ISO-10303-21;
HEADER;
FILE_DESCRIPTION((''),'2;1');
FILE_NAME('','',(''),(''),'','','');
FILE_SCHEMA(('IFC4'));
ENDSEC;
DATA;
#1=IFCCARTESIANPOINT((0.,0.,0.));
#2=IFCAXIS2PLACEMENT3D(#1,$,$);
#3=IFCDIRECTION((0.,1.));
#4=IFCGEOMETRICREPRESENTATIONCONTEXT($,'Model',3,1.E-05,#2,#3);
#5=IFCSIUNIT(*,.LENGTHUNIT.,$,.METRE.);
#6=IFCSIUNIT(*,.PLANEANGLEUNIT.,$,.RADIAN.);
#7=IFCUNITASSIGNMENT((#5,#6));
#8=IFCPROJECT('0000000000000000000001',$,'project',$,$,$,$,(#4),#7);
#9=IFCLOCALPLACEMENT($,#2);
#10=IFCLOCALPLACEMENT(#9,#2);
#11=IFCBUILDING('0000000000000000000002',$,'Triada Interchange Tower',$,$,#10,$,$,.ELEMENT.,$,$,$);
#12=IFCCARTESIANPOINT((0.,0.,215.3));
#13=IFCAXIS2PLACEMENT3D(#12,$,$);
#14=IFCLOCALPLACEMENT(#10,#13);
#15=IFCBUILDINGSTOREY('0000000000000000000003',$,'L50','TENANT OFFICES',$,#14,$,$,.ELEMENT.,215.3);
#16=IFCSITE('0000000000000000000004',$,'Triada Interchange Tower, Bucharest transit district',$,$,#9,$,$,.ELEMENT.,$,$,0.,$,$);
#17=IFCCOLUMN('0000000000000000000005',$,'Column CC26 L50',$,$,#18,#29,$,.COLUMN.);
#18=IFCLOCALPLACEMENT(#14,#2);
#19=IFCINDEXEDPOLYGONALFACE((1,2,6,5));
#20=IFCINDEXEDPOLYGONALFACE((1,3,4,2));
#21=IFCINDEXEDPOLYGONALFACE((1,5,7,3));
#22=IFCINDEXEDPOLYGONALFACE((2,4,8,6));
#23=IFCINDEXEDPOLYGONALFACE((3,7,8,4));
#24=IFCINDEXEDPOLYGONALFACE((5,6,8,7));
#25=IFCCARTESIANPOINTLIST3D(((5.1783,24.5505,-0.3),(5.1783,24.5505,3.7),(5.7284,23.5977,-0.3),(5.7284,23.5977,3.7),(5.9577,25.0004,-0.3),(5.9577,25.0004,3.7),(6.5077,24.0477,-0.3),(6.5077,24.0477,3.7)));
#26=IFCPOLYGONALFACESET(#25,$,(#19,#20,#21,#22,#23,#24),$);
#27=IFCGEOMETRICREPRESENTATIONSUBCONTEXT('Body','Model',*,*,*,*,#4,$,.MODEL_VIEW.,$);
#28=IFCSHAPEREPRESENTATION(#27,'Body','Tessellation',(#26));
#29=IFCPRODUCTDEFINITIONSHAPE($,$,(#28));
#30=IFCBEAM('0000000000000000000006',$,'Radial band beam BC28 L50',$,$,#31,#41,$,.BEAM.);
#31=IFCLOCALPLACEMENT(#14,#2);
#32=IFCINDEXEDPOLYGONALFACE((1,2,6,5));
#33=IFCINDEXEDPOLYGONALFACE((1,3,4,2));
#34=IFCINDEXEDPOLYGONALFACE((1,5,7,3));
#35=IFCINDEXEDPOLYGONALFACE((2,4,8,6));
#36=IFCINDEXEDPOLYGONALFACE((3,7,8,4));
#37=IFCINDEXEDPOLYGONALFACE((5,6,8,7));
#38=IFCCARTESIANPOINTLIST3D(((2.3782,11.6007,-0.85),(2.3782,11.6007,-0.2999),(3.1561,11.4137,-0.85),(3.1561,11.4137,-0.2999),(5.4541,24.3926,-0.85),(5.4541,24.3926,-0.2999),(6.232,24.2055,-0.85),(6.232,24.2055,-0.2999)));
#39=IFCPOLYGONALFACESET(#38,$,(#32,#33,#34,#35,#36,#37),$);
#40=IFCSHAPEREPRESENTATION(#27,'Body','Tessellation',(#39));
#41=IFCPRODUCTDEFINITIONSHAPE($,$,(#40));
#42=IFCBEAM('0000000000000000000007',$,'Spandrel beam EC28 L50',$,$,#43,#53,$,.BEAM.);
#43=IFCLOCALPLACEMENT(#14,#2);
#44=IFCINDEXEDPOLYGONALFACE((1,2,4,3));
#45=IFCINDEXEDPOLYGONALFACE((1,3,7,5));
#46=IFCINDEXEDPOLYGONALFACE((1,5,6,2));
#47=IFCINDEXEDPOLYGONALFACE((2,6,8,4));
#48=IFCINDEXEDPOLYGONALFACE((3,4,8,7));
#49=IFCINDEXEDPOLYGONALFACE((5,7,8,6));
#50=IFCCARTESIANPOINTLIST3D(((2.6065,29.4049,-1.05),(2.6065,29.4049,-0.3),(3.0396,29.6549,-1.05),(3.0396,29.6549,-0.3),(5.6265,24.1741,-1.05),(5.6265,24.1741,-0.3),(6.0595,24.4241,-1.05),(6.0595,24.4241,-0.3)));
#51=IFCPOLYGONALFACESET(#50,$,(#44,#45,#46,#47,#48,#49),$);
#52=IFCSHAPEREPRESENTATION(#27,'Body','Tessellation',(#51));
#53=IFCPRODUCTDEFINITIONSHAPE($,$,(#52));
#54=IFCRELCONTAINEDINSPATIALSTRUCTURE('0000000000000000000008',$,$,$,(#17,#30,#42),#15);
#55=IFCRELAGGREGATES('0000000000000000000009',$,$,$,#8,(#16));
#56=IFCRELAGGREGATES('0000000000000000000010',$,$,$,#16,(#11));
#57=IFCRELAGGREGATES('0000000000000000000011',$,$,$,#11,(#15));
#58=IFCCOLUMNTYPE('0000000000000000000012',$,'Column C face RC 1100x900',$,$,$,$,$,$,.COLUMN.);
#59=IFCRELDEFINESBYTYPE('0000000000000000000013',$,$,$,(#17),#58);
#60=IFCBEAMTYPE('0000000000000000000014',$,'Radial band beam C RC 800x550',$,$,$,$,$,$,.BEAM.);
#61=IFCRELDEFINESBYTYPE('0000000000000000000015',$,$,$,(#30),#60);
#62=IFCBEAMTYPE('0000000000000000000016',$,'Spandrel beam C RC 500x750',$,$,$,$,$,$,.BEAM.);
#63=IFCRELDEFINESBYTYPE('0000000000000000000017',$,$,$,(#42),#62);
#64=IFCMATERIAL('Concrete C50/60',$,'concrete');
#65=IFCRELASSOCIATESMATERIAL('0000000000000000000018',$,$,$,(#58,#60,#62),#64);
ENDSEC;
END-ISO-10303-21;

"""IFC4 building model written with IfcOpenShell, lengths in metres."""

from ifc_helpers import new_model, si_unit, direction, frame, origin, origin_2d, place, context, subcontext, project, spatial, rectangle, extrude, material, material_profile, profile_set, type_object, element, save


model = new_model("IFC4")

# Units and contexts
model_context = context("Model", 3, precision=1e-05, world=origin(), true_north=direction((0.0, 1.0)))
body_context = subcontext(model_context, "Body", "Model", "MODEL_VIEW")
ifc_project = project(units=[si_unit("LENGTHUNIT", "METRE"), si_unit("PLANEANGLEUNIT", "RADIAN")], contexts=[model_context])

# Site, building, storey
site_placement = place(None, origin())
site = spatial("IfcSite", under=ifc_project, at=site_placement, Name="Triada Interchange Tower, Bucharest transit district", CompositionType="ELEMENT", RefElevation=0.0)
building_placement = place(site_placement, origin())
building = spatial("IfcBuilding", under=site, at=building_placement, Name="Triada Interchange Tower", CompositionType="ELEMENT")
storey_placement = place(building_placement, frame((0.0, 0.0, 215.3)))
storey = spatial("IfcBuildingStorey", under=building, at=storey_placement, Name="L50", Description="TENANT OFFICES", CompositionType="ELEMENT", Elevation=215.3)

# Column
ifc_material_1 = material(Name="Concrete C50/60", Category="concrete")
ifc_material_profile_1 = material_profile(ifc_material_1, rectangle(XDim=1.1001, YDim=0.8999, at=origin_2d()), Name="RC 1100x900")
ifc_profile_set_1 = profile_set([ifc_material_profile_1], Name="Concrete C50/60")
column_type = type_object("IfcColumnType", Name="Column C face RC 1100x900", PredefinedType="COLUMN", material=ifc_profile_set_1)
column_placement = place(storey_placement, frame((5.843, 24.2991, -0.3), z_axis=(0.0, 0.0, 1.0), x_axis=(-0.5, 0.866025, 0.0)))
element("IfcColumn", 1, at=column_placement, inside=storey, type_object=column_type, Name="Column CC26 L50", PredefinedType="COLUMN", context=body_context, shape_type="SweptSolid", body=[
    extrude(rectangle(XDim=1.1001, YDim=0.8999, at=origin_2d()), origin(), (0.0, 0.0, 1.0), 4.0),
])

# Beams
ifc_material_profile_2 = material_profile(ifc_material_1, rectangle(XDim=0.8, YDim=0.55, at=origin_2d()), Name="RC 800x550")
ifc_profile_set_2 = profile_set([ifc_material_profile_2], Name="Concrete C50/60")
beam_type_1 = type_object("IfcBeamType", Name="Radial band beam C RC 800x550", PredefinedType="BEAM", material=ifc_profile_set_2)
beam_1_placement = place(storey_placement, frame((5.843, 24.2991, -0.575), z_axis=(-0.233793, -0.972286, 0.0), x_axis=(0.972286, -0.233793, 0.0)))
element("IfcBeam", 2, at=beam_1_placement, inside=storey, type_object=beam_type_1, Name="Radial band beam BC28 L50", PredefinedType="BEAM", context=body_context, shape_type="SweptSolid", body=[
    extrude(rectangle(XDim=0.8, YDim=0.55, at=origin_2d()), origin(), (0.0, 0.0, 1.0), 13.1565),
])
ifc_material_profile_3 = material_profile(ifc_material_1, rectangle(XDim=0.5, YDim=0.75, at=origin_2d()), Name="RC 500x750")
ifc_profile_set_3 = profile_set([ifc_material_profile_3], Name="Concrete C50/60")
beam_type_2 = type_object("IfcBeamType", Name="Spandrel beam C RC 500x750", PredefinedType="BEAM", material=ifc_profile_set_3)
beam_2_placement = place(storey_placement, frame((5.843, 24.2991, -0.675), z_axis=(-0.499991, 0.866031, 0.0), x_axis=(-0.866031, -0.499991, 0.0)))
element("IfcBeam", 3, at=beam_2_placement, inside=storey, type_object=beam_type_2, Name="Spandrel beam EC28 L50", PredefinedType="BEAM", context=body_context, shape_type="SweptSolid", body=[
    extrude(rectangle(XDim=0.5, YDim=0.75, at=origin_2d()), origin(), (0.0, 0.0, 1.0), 6.04),
])

save(model, "model.ifc")
